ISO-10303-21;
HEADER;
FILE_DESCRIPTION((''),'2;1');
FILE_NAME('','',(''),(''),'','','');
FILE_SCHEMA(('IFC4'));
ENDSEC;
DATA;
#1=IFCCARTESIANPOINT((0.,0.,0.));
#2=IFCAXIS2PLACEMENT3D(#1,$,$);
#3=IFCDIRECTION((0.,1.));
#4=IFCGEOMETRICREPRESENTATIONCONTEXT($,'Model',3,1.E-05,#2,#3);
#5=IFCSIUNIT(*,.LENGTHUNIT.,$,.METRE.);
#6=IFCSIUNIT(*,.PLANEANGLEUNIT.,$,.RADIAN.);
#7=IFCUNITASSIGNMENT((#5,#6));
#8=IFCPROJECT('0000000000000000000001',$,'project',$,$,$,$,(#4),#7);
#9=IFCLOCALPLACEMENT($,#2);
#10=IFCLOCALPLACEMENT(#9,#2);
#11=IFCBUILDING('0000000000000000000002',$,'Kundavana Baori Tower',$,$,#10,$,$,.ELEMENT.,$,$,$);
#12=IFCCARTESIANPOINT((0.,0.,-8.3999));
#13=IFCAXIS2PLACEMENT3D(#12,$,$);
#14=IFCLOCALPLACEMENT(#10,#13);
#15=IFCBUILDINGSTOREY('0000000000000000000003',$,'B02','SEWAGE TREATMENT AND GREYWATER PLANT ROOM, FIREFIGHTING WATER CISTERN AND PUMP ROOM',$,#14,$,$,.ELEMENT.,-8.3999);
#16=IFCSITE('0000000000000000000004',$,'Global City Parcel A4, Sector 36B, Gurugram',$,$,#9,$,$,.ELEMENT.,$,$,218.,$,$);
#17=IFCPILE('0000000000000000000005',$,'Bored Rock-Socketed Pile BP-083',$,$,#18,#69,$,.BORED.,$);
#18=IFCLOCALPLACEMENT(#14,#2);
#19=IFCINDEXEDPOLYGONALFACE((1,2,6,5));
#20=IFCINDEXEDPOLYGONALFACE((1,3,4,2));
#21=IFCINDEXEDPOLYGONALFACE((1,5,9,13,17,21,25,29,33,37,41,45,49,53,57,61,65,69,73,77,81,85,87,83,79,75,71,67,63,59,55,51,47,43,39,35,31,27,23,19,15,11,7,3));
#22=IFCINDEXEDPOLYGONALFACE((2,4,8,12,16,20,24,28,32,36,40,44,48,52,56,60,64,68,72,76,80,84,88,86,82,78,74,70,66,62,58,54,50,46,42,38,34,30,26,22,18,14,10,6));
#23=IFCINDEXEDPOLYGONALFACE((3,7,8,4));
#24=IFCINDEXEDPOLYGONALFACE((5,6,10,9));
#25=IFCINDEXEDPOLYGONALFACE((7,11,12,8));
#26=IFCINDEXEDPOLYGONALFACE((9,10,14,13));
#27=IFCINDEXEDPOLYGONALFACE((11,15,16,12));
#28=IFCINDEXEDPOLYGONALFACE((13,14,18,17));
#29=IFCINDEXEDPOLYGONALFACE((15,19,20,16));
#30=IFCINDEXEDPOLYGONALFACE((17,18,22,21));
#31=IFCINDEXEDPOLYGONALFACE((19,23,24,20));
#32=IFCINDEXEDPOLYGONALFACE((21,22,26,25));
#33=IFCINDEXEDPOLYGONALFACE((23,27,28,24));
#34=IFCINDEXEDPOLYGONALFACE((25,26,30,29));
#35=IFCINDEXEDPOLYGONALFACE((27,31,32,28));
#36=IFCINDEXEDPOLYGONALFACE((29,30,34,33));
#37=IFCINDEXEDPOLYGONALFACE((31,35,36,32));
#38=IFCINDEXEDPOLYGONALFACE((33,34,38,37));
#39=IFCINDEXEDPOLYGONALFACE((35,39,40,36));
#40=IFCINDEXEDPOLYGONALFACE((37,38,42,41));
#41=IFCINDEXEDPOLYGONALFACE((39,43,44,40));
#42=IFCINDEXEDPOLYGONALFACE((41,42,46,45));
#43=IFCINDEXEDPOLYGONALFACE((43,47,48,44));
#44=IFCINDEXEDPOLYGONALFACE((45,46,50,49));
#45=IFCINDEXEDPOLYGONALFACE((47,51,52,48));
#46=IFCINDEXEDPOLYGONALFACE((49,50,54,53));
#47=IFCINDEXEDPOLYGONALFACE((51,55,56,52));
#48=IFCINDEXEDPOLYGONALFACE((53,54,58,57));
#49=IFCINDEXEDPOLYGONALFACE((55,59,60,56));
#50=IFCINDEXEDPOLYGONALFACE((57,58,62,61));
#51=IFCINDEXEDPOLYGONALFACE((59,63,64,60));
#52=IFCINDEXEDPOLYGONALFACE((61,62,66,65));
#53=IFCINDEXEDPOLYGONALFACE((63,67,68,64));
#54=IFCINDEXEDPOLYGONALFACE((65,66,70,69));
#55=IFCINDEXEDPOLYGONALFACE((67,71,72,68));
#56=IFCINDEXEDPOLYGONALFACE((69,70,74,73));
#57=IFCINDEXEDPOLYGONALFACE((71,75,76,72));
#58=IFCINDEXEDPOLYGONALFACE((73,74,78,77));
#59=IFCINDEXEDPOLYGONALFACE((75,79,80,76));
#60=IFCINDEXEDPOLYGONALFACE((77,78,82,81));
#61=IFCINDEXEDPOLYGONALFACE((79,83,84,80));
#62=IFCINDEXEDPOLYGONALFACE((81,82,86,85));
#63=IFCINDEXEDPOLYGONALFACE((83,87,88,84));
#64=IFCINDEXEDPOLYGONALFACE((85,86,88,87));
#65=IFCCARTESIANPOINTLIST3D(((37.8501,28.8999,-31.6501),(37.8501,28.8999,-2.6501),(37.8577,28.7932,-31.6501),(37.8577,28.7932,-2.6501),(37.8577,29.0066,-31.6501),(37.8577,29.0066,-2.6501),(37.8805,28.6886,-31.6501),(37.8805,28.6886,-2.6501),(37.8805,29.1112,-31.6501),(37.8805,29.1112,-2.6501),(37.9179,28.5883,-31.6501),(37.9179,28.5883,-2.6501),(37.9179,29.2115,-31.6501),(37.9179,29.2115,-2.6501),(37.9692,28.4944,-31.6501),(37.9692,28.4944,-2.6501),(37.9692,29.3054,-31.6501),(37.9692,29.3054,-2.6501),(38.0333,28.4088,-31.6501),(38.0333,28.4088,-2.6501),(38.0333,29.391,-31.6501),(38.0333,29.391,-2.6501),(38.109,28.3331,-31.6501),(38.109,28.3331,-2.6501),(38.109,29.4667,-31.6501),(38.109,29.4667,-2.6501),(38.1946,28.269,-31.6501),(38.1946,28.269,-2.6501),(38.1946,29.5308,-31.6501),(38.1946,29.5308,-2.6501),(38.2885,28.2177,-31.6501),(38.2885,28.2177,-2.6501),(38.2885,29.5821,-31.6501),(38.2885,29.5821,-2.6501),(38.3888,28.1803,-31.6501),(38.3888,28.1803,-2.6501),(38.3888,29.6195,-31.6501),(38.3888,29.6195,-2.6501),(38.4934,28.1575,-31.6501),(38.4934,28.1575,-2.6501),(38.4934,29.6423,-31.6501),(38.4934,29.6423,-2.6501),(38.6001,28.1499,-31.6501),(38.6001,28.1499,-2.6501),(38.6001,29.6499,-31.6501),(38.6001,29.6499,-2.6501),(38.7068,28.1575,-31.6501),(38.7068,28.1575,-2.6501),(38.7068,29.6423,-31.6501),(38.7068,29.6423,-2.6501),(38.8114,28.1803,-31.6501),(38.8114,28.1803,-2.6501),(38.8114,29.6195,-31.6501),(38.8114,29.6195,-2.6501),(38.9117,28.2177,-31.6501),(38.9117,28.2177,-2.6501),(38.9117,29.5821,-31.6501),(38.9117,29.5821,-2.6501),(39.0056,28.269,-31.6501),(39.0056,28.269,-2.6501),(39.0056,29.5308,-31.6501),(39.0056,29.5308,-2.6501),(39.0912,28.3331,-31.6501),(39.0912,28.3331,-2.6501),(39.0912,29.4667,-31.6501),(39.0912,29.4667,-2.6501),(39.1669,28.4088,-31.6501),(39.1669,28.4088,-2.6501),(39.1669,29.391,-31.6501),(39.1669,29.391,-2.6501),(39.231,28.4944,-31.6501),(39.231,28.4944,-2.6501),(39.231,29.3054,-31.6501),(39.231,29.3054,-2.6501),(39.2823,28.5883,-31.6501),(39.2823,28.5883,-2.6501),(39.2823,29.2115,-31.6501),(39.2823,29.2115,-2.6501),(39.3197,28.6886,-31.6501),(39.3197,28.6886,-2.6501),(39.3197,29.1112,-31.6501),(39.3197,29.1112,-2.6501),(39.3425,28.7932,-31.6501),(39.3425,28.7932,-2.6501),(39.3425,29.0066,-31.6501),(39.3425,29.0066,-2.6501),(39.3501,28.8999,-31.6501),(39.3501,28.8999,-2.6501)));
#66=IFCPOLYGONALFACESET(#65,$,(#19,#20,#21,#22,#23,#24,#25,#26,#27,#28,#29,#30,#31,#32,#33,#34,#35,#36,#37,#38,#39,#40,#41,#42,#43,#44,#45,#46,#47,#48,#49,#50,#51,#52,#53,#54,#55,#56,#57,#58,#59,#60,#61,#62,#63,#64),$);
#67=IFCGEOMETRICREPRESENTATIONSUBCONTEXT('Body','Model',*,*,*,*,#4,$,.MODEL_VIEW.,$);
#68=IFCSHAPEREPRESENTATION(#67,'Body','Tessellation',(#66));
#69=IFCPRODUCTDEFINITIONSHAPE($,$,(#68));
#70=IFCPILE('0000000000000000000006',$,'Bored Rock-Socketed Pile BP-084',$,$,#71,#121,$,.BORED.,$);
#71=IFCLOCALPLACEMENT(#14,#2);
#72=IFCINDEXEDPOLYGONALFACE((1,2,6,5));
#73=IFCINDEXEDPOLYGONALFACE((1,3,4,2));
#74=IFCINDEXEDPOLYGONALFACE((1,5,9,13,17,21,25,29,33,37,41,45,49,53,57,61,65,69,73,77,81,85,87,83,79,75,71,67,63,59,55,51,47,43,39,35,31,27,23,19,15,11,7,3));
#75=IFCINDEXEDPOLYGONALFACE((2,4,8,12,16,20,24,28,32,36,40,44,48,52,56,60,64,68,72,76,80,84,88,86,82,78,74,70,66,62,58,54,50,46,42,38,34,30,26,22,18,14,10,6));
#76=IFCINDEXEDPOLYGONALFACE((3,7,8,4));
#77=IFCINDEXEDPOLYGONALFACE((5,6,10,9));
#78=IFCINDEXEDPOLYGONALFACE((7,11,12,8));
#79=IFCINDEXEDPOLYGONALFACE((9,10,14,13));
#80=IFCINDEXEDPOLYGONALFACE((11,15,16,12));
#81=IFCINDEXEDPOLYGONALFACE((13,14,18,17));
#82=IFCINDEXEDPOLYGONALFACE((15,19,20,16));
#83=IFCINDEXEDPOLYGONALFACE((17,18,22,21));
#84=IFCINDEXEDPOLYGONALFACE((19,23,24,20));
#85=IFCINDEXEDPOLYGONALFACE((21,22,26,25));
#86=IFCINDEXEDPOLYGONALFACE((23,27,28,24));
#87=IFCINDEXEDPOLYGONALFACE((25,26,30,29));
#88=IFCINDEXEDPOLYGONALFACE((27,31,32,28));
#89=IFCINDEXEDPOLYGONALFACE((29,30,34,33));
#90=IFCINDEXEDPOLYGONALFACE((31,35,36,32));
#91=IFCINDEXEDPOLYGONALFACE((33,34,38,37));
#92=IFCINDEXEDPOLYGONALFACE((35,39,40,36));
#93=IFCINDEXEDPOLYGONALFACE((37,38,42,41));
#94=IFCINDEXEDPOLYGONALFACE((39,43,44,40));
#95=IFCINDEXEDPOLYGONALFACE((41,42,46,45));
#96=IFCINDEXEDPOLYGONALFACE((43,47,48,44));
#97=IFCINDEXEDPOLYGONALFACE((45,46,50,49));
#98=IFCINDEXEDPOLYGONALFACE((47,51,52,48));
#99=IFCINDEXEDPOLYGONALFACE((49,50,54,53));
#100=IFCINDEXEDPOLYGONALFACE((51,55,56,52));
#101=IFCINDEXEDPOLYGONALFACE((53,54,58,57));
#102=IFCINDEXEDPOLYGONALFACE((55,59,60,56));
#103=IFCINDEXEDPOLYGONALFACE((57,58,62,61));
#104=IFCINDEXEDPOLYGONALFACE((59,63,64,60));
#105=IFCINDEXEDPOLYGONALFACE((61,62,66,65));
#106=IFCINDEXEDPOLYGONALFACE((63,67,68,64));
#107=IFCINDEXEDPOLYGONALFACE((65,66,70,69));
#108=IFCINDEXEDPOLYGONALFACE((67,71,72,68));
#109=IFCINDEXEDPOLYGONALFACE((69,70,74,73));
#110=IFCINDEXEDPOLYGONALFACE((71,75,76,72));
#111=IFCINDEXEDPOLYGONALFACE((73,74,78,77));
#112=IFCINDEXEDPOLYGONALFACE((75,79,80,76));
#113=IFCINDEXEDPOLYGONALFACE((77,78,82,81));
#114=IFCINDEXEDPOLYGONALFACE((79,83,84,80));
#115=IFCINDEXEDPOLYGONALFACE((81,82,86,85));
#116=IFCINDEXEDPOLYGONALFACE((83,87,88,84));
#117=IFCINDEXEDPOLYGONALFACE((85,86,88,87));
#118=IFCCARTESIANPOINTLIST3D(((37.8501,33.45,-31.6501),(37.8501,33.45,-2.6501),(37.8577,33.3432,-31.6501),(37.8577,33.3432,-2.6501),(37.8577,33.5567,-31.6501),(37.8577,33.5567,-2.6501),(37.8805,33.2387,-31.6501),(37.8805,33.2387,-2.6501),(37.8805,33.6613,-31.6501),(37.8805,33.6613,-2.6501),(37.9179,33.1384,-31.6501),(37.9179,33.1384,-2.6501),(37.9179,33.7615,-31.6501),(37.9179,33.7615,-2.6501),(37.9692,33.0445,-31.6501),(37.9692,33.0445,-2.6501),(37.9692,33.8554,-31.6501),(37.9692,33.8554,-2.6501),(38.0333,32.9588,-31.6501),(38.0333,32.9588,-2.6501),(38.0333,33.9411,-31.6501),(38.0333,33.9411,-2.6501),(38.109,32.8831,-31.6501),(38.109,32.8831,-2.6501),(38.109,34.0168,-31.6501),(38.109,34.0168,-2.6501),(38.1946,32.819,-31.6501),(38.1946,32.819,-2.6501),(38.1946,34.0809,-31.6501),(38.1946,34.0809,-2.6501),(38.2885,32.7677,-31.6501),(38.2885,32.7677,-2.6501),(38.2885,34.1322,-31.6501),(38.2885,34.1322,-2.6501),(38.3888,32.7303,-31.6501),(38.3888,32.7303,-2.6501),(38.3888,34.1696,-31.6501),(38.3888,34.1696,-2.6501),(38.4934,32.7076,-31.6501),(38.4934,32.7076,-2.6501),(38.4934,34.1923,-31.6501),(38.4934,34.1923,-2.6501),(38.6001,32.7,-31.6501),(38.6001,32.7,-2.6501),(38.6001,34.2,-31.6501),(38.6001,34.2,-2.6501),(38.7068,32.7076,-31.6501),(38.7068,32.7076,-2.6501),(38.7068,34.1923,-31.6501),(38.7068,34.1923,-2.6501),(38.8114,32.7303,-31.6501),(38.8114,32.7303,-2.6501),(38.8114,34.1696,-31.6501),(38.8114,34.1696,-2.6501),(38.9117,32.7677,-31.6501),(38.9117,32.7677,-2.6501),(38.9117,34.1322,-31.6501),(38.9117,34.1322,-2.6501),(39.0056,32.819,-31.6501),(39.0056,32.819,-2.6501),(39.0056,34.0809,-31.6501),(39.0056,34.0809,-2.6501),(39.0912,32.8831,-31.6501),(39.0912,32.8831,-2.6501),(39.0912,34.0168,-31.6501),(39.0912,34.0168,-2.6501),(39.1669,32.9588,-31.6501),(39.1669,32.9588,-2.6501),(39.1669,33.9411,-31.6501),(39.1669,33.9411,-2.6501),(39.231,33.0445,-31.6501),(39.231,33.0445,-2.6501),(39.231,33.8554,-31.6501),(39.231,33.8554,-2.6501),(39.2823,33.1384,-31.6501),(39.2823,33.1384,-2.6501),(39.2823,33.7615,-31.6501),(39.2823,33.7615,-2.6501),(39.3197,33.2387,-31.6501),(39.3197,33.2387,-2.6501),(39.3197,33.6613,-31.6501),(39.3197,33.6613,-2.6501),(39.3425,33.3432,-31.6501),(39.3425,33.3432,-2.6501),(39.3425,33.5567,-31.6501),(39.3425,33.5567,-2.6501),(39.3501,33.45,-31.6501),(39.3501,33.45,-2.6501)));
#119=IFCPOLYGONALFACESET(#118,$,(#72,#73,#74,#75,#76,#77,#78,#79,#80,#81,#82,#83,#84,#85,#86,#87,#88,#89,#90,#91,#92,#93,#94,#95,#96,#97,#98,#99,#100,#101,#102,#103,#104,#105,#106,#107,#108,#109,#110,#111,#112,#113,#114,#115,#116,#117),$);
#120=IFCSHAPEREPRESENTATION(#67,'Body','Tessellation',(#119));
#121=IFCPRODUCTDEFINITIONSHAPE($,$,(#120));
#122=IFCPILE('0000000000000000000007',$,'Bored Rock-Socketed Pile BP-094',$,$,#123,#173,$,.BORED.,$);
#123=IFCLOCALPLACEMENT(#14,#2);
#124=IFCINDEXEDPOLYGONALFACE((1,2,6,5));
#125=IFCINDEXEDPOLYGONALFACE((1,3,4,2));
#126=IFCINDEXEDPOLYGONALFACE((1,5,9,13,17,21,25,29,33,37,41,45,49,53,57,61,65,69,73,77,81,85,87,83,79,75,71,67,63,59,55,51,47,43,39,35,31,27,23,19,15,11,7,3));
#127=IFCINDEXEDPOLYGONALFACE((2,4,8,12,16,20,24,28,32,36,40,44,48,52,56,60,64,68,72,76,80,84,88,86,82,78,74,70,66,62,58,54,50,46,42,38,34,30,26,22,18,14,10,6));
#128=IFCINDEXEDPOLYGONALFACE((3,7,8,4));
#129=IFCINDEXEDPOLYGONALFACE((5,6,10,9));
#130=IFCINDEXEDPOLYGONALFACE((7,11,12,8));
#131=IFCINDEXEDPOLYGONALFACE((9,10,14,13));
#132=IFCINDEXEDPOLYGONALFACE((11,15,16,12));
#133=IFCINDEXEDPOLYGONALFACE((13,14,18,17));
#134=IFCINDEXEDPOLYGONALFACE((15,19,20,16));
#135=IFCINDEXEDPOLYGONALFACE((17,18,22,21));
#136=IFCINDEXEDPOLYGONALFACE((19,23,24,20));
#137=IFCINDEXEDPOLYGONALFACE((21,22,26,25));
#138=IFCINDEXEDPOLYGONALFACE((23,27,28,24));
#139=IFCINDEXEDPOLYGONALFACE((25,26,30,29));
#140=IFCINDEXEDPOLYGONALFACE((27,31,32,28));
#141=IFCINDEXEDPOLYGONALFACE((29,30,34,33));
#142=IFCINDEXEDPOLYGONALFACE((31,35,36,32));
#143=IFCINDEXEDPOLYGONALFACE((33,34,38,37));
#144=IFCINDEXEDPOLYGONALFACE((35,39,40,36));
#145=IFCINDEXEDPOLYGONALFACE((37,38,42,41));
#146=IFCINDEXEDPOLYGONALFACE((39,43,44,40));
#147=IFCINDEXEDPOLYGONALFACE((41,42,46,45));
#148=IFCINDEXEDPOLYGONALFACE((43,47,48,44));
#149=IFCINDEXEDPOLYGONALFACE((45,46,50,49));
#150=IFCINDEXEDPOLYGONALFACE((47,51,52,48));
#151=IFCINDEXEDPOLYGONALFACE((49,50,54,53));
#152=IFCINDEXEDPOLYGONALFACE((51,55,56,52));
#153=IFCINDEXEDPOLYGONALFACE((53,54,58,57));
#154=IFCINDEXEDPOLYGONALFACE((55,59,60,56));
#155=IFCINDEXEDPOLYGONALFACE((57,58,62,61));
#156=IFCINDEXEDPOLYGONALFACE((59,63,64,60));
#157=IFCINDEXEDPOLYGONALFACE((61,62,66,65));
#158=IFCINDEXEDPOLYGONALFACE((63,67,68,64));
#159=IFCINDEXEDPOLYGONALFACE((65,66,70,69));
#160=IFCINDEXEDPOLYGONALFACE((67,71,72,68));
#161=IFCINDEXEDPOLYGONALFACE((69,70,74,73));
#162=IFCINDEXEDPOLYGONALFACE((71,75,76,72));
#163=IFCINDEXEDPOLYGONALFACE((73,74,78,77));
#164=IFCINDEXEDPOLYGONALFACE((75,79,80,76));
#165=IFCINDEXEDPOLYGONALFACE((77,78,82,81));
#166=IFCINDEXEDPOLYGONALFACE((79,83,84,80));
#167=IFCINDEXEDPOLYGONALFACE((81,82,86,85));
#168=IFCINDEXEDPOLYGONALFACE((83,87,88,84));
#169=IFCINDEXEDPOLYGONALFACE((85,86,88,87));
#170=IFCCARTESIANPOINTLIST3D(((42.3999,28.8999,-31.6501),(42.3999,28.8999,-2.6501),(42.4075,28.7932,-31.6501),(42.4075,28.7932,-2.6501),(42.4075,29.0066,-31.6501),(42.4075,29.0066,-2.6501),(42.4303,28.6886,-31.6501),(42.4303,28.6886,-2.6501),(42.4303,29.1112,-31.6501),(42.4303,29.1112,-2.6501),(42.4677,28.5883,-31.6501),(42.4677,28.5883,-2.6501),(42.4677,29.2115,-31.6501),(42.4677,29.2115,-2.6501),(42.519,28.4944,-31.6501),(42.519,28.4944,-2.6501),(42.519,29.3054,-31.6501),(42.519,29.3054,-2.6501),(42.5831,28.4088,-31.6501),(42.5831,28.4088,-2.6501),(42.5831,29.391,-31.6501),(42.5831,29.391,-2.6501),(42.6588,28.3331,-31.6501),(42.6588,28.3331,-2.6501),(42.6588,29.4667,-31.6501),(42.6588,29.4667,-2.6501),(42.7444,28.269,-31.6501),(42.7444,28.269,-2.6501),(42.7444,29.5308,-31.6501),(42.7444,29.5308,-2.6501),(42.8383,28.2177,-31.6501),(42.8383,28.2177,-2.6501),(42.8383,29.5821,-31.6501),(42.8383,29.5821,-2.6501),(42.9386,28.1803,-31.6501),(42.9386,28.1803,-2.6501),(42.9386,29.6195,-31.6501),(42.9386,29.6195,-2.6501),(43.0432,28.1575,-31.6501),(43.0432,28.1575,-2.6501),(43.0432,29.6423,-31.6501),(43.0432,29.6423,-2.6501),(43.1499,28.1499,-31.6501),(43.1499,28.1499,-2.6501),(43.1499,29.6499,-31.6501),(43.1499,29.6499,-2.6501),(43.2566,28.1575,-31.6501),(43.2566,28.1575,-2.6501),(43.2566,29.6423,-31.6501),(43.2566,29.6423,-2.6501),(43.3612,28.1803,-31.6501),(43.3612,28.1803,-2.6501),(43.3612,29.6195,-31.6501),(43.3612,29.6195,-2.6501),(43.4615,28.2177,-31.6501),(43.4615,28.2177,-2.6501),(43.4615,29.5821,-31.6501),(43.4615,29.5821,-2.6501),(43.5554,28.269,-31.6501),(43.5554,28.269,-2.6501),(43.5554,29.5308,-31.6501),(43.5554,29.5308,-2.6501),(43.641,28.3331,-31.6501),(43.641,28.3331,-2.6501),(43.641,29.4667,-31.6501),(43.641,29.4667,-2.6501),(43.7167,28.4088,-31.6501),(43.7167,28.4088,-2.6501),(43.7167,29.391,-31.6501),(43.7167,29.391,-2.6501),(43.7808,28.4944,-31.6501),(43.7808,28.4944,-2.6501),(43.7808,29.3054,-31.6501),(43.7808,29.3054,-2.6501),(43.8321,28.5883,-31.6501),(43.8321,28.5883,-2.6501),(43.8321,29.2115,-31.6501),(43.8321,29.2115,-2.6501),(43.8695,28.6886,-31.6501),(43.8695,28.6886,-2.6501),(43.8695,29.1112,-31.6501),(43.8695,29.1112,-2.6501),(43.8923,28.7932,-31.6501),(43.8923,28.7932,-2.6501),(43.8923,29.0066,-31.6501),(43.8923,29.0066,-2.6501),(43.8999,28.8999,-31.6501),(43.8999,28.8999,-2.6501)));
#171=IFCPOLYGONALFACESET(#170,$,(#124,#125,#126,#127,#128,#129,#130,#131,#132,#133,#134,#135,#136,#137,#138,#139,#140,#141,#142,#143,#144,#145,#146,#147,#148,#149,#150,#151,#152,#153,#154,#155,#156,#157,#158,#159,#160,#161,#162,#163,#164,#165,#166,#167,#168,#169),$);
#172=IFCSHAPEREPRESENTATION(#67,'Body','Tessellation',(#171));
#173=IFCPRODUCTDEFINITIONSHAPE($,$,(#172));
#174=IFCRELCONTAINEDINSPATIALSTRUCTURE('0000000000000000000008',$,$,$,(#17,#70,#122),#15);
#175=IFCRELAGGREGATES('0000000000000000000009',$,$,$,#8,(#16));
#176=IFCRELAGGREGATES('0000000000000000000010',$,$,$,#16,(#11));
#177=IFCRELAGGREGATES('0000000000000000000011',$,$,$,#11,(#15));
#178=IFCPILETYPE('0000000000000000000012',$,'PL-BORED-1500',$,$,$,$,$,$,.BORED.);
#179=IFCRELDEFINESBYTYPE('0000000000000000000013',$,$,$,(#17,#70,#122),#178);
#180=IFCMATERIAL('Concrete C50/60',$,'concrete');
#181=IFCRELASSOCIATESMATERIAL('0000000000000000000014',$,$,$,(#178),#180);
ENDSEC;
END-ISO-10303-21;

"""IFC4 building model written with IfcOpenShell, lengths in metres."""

from ifc_helpers import new_model, si_unit, direction, frame, origin, origin_2d, place, context, subcontext, project, spatial, circle, extrude, material, material_profile, profile_set, type_object, element, save


model = new_model("IFC4")

# Units and contexts
model_context = context("Model", 3, precision=1e-05, world=origin(), true_north=direction((0.0, 1.0)))
body_context = subcontext(model_context, "Body", "Model", "MODEL_VIEW")
ifc_project = project(units=[si_unit("LENGTHUNIT", "METRE"), si_unit("PLANEANGLEUNIT", "RADIAN")], contexts=[model_context])

# Site, building, storey
site_placement = place(None, origin())
site = spatial("IfcSite", under=ifc_project, at=site_placement, Name="Global City Parcel A4, Sector 36B, Gurugram", CompositionType="ELEMENT", RefElevation=218.0)
building_placement = place(site_placement, origin())
building = spatial("IfcBuilding", under=site, at=building_placement, Name="Kundavana Baori Tower", CompositionType="ELEMENT")
storey_placement = place(building_placement, frame((0.0, 0.0, -8.3999)))
storey = spatial("IfcBuildingStorey", under=building, at=storey_placement, Name="B02", Description="SEWAGE TREATMENT AND GREYWATER PLANT ROOM, FIREFIGHTING WATER CISTERN AND PUMP ROOM", CompositionType="ELEMENT", Elevation=-8.3999)

# Piles
ifc_material_1 = material(Name="Concrete C50/60", Category="concrete")
ifc_material_profile_1 = material_profile(ifc_material_1, circle(Radius=0.75, at=origin_2d()), Name="BORED PILE D1500")
ifc_profile_set_1 = profile_set([ifc_material_profile_1], Name="Concrete C50/60")
pile_type = type_object("IfcPileType", Name="PL-BORED-1500", PredefinedType="BORED", material=ifc_profile_set_1)
for number, where, z_axis, x_axis, name in (
    (1, (38.6001, 28.8999, -2.6501), (0.0, 0.0, -1.0), (1.0, 0.0, 0.0), "Bored Rock-Socketed Pile BP-083"),
    (2, (38.6001, 33.45, -2.6501), (0.0, 0.0, -1.0), (1.0, 0.0, 0.0), "Bored Rock-Socketed Pile BP-084"),
    (3, (43.1499, 28.8999, -2.6501), (0.0, 0.0, -1.0), (1.0, 0.0, 0.0), "Bored Rock-Socketed Pile BP-094"),
):
    element("IfcPile", number, at=place(storey_placement, frame(where, z_axis=z_axis, x_axis=x_axis)), inside=storey, type_object=pile_type, Name=name, PredefinedType="BORED", context=body_context, shape_type="SweptSolid", body=[
        extrude(circle(Radius=0.75, at=origin_2d()), origin(), (0.0, 0.0, 1.0), 29.0),
    ])

save(model, "model.ifc")
